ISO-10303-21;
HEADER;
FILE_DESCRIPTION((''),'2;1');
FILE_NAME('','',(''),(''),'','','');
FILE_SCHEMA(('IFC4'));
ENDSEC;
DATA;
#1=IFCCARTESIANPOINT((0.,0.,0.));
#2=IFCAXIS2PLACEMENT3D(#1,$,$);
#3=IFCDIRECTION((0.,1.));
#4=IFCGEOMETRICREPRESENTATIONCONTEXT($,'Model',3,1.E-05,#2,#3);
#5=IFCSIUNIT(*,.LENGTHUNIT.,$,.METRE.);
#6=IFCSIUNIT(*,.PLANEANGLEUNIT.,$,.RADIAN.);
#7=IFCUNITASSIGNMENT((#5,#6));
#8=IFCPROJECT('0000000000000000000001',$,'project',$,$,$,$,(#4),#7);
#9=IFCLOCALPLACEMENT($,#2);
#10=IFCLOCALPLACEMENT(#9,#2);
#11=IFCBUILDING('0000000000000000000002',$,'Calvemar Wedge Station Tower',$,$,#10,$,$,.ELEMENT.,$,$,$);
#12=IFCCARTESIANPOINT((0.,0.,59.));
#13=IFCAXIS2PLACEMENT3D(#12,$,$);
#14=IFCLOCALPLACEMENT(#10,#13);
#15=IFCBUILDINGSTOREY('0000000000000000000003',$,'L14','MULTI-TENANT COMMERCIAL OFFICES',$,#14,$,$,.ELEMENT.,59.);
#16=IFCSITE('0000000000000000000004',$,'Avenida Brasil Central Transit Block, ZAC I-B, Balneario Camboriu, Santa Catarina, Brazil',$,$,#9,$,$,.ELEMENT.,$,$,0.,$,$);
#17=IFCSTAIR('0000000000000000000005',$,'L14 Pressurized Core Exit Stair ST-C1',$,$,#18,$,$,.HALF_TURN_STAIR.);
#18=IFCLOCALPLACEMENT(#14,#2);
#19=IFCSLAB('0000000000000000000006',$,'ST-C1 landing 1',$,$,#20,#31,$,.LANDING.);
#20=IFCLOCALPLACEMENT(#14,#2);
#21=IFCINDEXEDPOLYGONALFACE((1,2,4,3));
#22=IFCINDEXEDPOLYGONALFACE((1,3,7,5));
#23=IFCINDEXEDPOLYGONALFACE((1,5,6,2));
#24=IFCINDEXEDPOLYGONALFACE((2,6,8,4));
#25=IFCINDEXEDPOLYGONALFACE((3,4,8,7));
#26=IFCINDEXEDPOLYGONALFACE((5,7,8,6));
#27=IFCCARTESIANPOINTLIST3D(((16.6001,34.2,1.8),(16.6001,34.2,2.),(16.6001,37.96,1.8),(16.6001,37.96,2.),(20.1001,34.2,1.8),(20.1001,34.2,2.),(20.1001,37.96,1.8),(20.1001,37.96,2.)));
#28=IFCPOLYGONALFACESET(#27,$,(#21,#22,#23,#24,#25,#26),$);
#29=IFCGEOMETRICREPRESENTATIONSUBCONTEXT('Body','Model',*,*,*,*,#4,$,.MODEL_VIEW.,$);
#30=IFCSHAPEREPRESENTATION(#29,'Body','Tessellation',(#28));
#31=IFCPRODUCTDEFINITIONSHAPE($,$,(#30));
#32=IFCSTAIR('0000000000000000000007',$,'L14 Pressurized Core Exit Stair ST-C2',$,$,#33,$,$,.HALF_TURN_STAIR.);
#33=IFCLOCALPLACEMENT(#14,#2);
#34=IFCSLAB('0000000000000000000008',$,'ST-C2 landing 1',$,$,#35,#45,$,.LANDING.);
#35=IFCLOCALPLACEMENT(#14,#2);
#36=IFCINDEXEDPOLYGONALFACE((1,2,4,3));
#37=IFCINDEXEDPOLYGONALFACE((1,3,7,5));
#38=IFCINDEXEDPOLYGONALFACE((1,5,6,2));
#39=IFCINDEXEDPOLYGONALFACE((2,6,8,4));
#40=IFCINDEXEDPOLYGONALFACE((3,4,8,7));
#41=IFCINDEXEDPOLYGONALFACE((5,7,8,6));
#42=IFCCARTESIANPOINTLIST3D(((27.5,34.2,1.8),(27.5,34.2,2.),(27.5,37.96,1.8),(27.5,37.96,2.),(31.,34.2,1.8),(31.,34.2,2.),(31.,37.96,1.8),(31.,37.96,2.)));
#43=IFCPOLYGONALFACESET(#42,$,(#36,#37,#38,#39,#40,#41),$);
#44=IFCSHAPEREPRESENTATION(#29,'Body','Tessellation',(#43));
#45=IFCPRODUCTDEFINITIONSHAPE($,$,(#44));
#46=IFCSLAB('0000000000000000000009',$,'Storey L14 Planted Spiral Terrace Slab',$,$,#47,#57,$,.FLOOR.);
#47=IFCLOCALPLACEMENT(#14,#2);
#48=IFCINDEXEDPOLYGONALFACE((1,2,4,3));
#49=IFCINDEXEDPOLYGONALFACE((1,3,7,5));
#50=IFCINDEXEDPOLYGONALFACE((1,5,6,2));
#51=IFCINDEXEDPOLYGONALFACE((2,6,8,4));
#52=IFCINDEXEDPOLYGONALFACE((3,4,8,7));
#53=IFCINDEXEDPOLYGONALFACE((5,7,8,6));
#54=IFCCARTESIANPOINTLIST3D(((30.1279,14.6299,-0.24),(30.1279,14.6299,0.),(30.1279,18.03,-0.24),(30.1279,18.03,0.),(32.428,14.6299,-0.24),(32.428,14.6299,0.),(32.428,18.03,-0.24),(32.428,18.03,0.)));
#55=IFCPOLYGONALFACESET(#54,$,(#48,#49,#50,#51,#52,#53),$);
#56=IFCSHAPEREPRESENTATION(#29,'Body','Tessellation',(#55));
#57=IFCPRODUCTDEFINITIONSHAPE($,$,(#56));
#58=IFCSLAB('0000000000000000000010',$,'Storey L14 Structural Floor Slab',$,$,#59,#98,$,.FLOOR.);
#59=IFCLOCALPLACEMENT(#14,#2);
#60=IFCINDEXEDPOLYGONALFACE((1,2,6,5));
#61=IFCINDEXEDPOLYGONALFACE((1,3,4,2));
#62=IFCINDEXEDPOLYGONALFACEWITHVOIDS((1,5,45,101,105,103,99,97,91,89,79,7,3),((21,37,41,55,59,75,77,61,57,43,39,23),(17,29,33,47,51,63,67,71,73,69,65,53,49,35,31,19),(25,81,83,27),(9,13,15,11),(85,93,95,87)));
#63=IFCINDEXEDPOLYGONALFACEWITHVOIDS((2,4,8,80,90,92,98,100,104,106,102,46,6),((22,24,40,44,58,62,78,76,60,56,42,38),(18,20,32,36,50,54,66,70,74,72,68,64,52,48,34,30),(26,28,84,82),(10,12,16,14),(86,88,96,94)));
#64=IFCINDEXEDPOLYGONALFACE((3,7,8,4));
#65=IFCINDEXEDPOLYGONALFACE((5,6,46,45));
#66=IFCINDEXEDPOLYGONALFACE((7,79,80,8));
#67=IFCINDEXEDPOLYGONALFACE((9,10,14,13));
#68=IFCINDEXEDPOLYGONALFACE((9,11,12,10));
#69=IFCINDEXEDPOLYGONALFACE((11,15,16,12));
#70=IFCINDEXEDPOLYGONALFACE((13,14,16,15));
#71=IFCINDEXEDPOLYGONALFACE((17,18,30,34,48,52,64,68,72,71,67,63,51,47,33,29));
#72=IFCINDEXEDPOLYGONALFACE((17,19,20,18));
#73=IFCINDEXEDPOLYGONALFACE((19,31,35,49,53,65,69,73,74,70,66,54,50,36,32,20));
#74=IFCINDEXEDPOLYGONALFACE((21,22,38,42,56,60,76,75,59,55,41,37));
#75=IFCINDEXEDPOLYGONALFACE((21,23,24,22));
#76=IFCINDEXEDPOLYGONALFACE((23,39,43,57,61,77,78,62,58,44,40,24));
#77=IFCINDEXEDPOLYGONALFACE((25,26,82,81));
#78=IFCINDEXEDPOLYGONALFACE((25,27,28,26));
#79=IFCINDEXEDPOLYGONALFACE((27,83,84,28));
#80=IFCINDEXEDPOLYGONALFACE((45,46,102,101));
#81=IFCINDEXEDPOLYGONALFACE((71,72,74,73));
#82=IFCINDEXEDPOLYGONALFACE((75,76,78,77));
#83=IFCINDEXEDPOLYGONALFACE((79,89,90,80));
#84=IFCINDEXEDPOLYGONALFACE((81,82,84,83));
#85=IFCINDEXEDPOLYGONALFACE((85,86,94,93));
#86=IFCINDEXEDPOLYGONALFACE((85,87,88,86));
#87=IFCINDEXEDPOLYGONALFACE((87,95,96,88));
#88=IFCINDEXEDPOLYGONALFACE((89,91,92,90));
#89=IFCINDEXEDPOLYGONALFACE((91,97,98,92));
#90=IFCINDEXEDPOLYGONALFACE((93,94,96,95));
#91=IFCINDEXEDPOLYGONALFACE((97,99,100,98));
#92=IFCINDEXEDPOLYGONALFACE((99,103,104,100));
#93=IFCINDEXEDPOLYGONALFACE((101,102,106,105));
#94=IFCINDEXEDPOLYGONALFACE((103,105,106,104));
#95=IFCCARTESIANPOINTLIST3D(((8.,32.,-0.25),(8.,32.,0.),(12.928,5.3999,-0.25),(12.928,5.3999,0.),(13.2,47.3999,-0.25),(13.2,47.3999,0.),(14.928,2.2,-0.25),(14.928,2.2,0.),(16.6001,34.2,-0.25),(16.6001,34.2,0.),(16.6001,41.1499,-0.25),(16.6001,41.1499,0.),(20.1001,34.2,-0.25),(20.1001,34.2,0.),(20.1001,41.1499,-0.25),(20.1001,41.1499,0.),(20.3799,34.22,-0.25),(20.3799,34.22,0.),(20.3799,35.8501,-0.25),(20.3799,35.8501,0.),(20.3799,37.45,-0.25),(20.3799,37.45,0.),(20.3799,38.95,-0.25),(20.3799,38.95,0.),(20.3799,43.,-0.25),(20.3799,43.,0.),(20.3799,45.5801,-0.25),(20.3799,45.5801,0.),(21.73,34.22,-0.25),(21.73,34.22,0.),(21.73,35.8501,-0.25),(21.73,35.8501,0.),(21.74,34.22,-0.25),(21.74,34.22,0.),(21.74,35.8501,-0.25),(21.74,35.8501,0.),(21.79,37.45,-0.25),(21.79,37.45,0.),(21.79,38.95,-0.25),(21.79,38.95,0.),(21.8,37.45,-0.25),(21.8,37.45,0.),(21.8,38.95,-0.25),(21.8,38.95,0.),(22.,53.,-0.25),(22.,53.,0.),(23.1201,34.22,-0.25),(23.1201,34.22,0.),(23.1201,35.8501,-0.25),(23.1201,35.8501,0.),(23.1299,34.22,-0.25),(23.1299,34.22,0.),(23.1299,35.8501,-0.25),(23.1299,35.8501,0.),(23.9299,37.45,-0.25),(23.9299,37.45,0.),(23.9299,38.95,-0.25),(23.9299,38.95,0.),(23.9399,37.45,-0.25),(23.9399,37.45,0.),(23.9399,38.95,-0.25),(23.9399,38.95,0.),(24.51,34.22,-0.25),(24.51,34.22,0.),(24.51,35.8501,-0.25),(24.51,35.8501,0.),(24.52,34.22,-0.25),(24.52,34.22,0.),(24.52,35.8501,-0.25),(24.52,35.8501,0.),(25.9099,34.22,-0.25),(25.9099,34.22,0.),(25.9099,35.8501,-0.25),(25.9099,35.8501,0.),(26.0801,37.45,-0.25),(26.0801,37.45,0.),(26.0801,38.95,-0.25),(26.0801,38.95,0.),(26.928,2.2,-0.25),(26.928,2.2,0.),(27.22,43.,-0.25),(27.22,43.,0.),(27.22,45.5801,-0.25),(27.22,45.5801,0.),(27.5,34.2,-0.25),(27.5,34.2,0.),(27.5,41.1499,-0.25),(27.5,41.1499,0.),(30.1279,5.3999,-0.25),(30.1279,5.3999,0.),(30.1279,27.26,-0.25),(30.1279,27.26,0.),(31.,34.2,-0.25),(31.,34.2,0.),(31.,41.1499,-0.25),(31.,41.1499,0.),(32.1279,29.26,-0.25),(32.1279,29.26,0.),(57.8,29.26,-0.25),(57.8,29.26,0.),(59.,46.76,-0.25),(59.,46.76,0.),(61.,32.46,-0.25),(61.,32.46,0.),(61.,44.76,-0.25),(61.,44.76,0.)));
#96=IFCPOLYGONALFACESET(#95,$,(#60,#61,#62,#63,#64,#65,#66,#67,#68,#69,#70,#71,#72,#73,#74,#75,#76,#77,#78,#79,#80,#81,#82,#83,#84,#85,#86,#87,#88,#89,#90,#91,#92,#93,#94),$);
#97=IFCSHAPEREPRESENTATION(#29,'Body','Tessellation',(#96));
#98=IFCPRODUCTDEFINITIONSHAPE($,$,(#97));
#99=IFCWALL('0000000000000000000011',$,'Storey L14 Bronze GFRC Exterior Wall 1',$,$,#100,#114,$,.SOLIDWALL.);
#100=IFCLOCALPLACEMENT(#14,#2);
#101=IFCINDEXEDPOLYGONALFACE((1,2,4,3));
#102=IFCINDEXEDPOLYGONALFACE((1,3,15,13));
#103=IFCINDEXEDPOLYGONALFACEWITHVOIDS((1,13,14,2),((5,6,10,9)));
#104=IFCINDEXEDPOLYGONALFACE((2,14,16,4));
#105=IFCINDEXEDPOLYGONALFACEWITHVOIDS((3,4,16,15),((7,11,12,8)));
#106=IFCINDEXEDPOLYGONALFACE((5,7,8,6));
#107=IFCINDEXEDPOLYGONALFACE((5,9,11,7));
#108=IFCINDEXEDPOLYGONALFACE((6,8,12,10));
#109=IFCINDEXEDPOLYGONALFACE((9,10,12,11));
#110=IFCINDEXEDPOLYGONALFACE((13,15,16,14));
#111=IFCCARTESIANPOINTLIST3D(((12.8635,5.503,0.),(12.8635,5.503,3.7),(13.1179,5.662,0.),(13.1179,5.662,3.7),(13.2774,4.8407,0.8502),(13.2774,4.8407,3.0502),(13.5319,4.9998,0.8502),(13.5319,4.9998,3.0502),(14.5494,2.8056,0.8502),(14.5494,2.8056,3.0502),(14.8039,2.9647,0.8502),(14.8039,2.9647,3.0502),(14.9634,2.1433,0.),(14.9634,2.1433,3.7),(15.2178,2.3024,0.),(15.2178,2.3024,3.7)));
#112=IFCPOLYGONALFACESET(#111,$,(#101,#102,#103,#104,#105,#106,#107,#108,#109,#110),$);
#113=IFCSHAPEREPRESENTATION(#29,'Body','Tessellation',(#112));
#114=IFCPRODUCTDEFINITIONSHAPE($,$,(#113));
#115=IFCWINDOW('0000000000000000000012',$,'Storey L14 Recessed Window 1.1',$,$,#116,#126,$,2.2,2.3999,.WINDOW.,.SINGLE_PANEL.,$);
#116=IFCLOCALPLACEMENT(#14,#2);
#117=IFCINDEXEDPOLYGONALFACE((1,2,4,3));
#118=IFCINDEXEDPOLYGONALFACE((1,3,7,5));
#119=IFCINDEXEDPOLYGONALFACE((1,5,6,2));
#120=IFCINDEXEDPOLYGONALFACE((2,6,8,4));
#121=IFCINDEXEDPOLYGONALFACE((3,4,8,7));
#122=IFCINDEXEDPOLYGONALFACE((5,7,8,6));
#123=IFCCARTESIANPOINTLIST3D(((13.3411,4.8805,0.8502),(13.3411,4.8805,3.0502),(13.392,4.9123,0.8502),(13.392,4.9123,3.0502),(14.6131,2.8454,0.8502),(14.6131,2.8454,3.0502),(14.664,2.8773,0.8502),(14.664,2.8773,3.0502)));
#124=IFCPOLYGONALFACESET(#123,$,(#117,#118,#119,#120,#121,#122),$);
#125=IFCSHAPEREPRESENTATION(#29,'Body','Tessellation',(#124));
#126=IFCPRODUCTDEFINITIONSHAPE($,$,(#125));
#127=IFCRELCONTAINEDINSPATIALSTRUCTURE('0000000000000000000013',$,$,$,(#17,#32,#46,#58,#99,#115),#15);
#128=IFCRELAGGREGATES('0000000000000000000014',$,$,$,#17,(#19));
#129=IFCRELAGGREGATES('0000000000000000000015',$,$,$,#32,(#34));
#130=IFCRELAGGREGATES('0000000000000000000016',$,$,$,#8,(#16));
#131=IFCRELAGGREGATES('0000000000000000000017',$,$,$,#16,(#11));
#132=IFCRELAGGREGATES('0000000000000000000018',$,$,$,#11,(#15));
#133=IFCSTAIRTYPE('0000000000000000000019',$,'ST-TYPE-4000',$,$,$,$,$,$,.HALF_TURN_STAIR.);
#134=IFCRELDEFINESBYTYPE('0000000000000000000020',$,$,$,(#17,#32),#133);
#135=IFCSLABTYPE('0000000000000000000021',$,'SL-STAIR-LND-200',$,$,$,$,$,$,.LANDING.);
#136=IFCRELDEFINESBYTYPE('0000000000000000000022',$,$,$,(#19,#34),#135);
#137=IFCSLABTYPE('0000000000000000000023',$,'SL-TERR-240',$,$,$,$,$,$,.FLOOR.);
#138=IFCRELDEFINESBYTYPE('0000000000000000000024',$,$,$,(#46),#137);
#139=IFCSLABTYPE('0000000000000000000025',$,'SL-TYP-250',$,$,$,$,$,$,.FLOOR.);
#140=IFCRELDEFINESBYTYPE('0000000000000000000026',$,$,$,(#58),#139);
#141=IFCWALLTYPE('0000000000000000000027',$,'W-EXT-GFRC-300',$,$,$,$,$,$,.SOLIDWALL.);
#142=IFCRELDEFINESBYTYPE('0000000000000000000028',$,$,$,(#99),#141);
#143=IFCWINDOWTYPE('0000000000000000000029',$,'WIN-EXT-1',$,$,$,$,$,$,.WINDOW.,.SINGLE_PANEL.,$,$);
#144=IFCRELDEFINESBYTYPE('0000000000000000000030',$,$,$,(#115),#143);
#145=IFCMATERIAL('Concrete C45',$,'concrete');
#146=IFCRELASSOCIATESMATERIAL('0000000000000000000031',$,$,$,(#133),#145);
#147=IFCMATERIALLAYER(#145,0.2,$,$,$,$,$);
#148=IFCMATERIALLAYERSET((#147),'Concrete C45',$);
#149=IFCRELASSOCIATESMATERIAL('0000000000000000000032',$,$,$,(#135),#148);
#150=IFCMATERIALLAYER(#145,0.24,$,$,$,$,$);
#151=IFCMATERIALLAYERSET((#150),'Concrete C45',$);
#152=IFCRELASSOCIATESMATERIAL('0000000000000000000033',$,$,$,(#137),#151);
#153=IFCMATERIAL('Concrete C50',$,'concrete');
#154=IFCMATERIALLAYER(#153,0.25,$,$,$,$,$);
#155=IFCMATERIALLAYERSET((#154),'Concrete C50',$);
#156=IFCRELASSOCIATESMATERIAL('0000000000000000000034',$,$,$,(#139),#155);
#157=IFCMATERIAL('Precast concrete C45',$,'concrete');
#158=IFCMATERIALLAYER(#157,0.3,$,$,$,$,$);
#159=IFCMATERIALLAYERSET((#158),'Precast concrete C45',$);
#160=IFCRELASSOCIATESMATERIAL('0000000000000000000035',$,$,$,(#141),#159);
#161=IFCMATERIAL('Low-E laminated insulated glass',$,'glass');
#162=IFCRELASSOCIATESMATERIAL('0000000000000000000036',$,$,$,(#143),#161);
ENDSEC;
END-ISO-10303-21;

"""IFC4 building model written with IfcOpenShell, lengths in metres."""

from ifc_helpers import new_model, si_unit, direction, frame, frame_2d, origin, place, context, subcontext, project, spatial, polyline, rectangle, outline, extrude, source, transform, mapped, material, layer, layer_set, type_object, element, fill, aggregate, save


model = new_model("IFC4")

# Units and contexts
model_context = context("Model", 3, precision=1e-05, world=origin(), true_north=direction((0.0, 1.0)))
body_context = subcontext(model_context, "Body", "Model", "MODEL_VIEW")
ifc_project = project(units=[si_unit("LENGTHUNIT", "METRE"), si_unit("PLANEANGLEUNIT", "RADIAN")], contexts=[model_context])

# Site, building, storey
site_placement = place(None, origin())
site = spatial("IfcSite", under=ifc_project, at=site_placement, Name="Avenida Brasil Central Transit Block, ZAC I-B, Balneario Camboriu, Santa Catarina, Brazil", CompositionType="ELEMENT", RefElevation=0.0)
building_placement = place(site_placement, origin())
building = spatial("IfcBuilding", under=site, at=building_placement, Name="Calvemar Wedge Station Tower", CompositionType="ELEMENT")
storey_placement = place(building_placement, frame((0.0, 0.0, 59.0)))
storey = spatial("IfcBuildingStorey", under=building, at=storey_placement, Name="L14", Description="MULTI-TENANT COMMERCIAL OFFICES", CompositionType="ELEMENT", Elevation=59.0)

# Stairs, slabs
ifc_material_1 = material(Name="Concrete C45", Category="concrete")
stair_type = type_object("IfcStairType", Name="ST-TYPE-4000", PredefinedType="HALF_TURN_STAIR", material=ifc_material_1)
stair_1_placement = place(storey_placement, origin())
stair_1 = element("IfcStair", 1, at=stair_1_placement, inside=storey, type_object=stair_type, Name="L14 Pressurized Core Exit Stair ST-C1", PredefinedType="HALF_TURN_STAIR")
ifc_layer_1 = layer(ifc_material_1, 0.2)
ifc_layer_set_1 = layer_set([ifc_layer_1], Name="Concrete C45")
slab_type_1 = type_object("IfcSlabType", Name="SL-STAIR-LND-200", PredefinedType="LANDING", material=ifc_layer_set_1)
slab_1_placement = place(storey_placement, frame((0.0, 0.0, 1.8)))
slab_1 = element("IfcSlab", 2, at=slab_1_placement, type_object=slab_type_1, Name="ST-C1 landing 1", PredefinedType="LANDING", context=body_context, shape_type="SweptSolid", body=[
    extrude(outline(polyline([(16.6001, 37.96), (16.6001, 34.2), (20.1001, 34.2), (20.1001, 37.96), (16.6001, 37.96)])), origin(), (0.0, 0.0, 1.0), 0.2),
])
aggregate(stair_1, [slab_1])
stair_2_placement = place(storey_placement, origin())
stair_2 = element("IfcStair", 3, at=stair_2_placement, inside=storey, type_object=stair_type, Name="L14 Pressurized Core Exit Stair ST-C2", PredefinedType="HALF_TURN_STAIR")
slab_2_placement = place(storey_placement, frame((0.0, 0.0, 1.8)))
slab_2 = element("IfcSlab", 4, at=slab_2_placement, type_object=slab_type_1, Name="ST-C2 landing 1", PredefinedType="LANDING", context=body_context, shape_type="SweptSolid", body=[
    extrude(outline(polyline([(27.5, 37.96), (27.5, 34.2), (31.0, 34.2), (31.0, 37.96), (27.5, 37.96)])), origin(), (0.0, 0.0, 1.0), 0.2),
])
aggregate(stair_2, [slab_2])

# Slabs
ifc_layer_2 = layer(ifc_material_1, 0.24)
ifc_layer_set_2 = layer_set([ifc_layer_2], Name="Concrete C45")
slab_type_2 = type_object("IfcSlabType", Name="SL-TERR-240", PredefinedType="FLOOR", material=ifc_layer_set_2)
slab_3_placement = place(storey_placement, frame((0.0, 0.0, -0.24)))
element("IfcSlab", 5, at=slab_3_placement, inside=storey, type_object=slab_type_2, Name="Storey L14 Planted Spiral Terrace Slab", PredefinedType="FLOOR", context=body_context, shape_type="SweptSolid", body=[
    extrude(outline(polyline([(30.1279, 14.6299), (32.428, 14.6299), (32.428, 18.03), (30.1279, 18.03), (30.1279, 14.6299)])), origin(), (0.0, 0.0, 1.0), 0.24),
])
ifc_material_2 = material(Name="Concrete C50", Category="concrete")
ifc_layer_3 = layer(ifc_material_2, 0.25)
ifc_layer_set_3 = layer_set([ifc_layer_3], Name="Concrete C50")
slab_type_3 = type_object("IfcSlabType", Name="SL-TYP-250", PredefinedType="FLOOR", material=ifc_layer_set_3)
slab_4_placement = place(storey_placement, frame((0.0, 0.0, -0.25)))
element("IfcSlab", 6, at=slab_4_placement, inside=storey, type_object=slab_type_3, Name="Storey L14 Structural Floor Slab", PredefinedType="FLOOR", context=body_context, shape_type="SweptSolid", body=[
    extrude(outline(polyline([(8.0, 32.0), (12.928, 5.3999), (14.928, 2.2), (26.928, 2.2), (30.1279, 5.3999), (30.1279, 27.26), (32.1279, 29.26), (57.8, 29.26), (61.0, 32.46), (61.0, 44.76), (59.0, 46.76), (22.0, 53.0), (13.2, 47.3999), (8.0, 32.0)]), holes=[polyline([(21.74, 35.8501), (21.73, 35.8501), (20.3799, 35.8501), (20.3799, 34.22), (21.73, 34.22), (21.74, 34.22), (23.1201, 34.22), (23.1299, 34.22), (24.51, 34.22), (24.52, 34.22), (25.9099, 34.22), (25.9099, 35.8501), (24.52, 35.8501), (24.51, 35.8501), (23.1299, 35.8501), (23.1201, 35.8501), (21.74, 35.8501)]), polyline([(16.6001, 41.1499), (16.6001, 34.2), (20.1001, 34.2), (20.1001, 41.1499), (16.6001, 41.1499)]), polyline([(27.5, 34.2), (31.0, 34.2), (31.0, 41.1499), (27.5, 41.1499), (27.5, 34.2)]), polyline([(21.79, 37.45), (21.8, 37.45), (23.9299, 37.45), (23.9399, 37.45), (26.0801, 37.45), (26.0801, 38.95), (23.9399, 38.95), (23.9299, 38.95), (21.8, 38.95), (21.79, 38.95), (20.3799, 38.95), (20.3799, 37.45), (21.79, 37.45)]), polyline([(20.3799, 43.0), (27.22, 43.0), (27.22, 45.5801), (20.3799, 45.5801), (20.3799, 43.0)])]), origin(), (0.0, 0.0, 1.0), 0.25),
])

# Wall, opening, window
ifc_material_3 = material(Name="Precast concrete C45", Category="concrete")
ifc_layer_4 = layer(ifc_material_3, 0.3)
ifc_layer_set_4 = layer_set([ifc_layer_4], Name="Precast concrete C45")
wall_type_1 = type_object("IfcWallType", Name="W-EXT-GFRC-300", PredefinedType="SOLIDWALL", material=ifc_layer_set_4)
wall_1_placement = place(storey_placement, frame((12.9907, 5.5825, 0.0), z_axis=(0.0, 0.0, 1.0), x_axis=(0.530016, -0.847988, 0.0)))
wall_1 = element("IfcWall", 7, at=wall_1_placement, inside=storey, type_object=wall_type_1, Name="Storey L14 Bronze GFRC Exterior Wall 1", PredefinedType="SOLIDWALL", context=body_context, shape_type="SweptSolid", body=[
    extrude(rectangle(XDim=3.9619, YDim=0.3, at=frame_2d((1.981, 0.0))), origin(), (0.0, 0.0, 1.0), 3.7),
])
shared_shape_1 = source(origin(), body_context, "Body", "SweptSolid", [
    extrude(rectangle(XDim=2.3999, YDim=2.2, at=frame_2d((1.2, 1.1001))), frame((0.0, 0.1602, 0.0), z_axis=(0.0, -1.0, 0.0), x_axis=(1.0, 0.0, 0.0)), (0.0, 0.0, 1.0), 0.3201),
])
opening_1_placement = place(wall_1_placement, frame((0.781, 0.0, 0.8501)))
opening_1 = element("IfcOpeningElement", 8, at=opening_1_placement, cuts=wall_1, PredefinedType="OPENING", context=body_context, shape_type="MappedRepresentation", body=[
    mapped(shared_shape_1, transform((0.0, 0.0, 0.0), scale=1.0)),
])
ifc_material_4 = material(Name="Low-E laminated insulated glass", Category="glass")
window_type_1 = type_object("IfcWindowType", Name="WIN-EXT-1", PartitioningType="SINGLE_PANEL", PredefinedType="WINDOW", material=ifc_material_4)
shared_shape_2 = source(origin(), body_context, "Body", "SweptSolid", [
    extrude(rectangle(XDim=2.3999, YDim=2.2, at=frame_2d((1.2, 1.1001))), frame((0.0, -0.0149, 0.0), z_axis=(0.0, -1.0, 0.0), x_axis=(1.0, 0.0, 0.0)), (0.0, 0.0, 1.0), 0.0601),
])
window_1_placement = place(opening_1_placement, origin())
window_1 = element("IfcWindow", 9, at=window_1_placement, inside=storey, type_object=window_type_1, Name="Storey L14 Recessed Window 1.1", OverallHeight=2.2, OverallWidth=2.3999, PartitioningType="SINGLE_PANEL", PredefinedType="WINDOW", context=body_context, shape_type="MappedRepresentation", body=[
    mapped(shared_shape_2, transform((0.0, 0.0, 0.0), scale=1.0)),
])
fill(opening_1, window_1)

save(model, "model.ifc")
